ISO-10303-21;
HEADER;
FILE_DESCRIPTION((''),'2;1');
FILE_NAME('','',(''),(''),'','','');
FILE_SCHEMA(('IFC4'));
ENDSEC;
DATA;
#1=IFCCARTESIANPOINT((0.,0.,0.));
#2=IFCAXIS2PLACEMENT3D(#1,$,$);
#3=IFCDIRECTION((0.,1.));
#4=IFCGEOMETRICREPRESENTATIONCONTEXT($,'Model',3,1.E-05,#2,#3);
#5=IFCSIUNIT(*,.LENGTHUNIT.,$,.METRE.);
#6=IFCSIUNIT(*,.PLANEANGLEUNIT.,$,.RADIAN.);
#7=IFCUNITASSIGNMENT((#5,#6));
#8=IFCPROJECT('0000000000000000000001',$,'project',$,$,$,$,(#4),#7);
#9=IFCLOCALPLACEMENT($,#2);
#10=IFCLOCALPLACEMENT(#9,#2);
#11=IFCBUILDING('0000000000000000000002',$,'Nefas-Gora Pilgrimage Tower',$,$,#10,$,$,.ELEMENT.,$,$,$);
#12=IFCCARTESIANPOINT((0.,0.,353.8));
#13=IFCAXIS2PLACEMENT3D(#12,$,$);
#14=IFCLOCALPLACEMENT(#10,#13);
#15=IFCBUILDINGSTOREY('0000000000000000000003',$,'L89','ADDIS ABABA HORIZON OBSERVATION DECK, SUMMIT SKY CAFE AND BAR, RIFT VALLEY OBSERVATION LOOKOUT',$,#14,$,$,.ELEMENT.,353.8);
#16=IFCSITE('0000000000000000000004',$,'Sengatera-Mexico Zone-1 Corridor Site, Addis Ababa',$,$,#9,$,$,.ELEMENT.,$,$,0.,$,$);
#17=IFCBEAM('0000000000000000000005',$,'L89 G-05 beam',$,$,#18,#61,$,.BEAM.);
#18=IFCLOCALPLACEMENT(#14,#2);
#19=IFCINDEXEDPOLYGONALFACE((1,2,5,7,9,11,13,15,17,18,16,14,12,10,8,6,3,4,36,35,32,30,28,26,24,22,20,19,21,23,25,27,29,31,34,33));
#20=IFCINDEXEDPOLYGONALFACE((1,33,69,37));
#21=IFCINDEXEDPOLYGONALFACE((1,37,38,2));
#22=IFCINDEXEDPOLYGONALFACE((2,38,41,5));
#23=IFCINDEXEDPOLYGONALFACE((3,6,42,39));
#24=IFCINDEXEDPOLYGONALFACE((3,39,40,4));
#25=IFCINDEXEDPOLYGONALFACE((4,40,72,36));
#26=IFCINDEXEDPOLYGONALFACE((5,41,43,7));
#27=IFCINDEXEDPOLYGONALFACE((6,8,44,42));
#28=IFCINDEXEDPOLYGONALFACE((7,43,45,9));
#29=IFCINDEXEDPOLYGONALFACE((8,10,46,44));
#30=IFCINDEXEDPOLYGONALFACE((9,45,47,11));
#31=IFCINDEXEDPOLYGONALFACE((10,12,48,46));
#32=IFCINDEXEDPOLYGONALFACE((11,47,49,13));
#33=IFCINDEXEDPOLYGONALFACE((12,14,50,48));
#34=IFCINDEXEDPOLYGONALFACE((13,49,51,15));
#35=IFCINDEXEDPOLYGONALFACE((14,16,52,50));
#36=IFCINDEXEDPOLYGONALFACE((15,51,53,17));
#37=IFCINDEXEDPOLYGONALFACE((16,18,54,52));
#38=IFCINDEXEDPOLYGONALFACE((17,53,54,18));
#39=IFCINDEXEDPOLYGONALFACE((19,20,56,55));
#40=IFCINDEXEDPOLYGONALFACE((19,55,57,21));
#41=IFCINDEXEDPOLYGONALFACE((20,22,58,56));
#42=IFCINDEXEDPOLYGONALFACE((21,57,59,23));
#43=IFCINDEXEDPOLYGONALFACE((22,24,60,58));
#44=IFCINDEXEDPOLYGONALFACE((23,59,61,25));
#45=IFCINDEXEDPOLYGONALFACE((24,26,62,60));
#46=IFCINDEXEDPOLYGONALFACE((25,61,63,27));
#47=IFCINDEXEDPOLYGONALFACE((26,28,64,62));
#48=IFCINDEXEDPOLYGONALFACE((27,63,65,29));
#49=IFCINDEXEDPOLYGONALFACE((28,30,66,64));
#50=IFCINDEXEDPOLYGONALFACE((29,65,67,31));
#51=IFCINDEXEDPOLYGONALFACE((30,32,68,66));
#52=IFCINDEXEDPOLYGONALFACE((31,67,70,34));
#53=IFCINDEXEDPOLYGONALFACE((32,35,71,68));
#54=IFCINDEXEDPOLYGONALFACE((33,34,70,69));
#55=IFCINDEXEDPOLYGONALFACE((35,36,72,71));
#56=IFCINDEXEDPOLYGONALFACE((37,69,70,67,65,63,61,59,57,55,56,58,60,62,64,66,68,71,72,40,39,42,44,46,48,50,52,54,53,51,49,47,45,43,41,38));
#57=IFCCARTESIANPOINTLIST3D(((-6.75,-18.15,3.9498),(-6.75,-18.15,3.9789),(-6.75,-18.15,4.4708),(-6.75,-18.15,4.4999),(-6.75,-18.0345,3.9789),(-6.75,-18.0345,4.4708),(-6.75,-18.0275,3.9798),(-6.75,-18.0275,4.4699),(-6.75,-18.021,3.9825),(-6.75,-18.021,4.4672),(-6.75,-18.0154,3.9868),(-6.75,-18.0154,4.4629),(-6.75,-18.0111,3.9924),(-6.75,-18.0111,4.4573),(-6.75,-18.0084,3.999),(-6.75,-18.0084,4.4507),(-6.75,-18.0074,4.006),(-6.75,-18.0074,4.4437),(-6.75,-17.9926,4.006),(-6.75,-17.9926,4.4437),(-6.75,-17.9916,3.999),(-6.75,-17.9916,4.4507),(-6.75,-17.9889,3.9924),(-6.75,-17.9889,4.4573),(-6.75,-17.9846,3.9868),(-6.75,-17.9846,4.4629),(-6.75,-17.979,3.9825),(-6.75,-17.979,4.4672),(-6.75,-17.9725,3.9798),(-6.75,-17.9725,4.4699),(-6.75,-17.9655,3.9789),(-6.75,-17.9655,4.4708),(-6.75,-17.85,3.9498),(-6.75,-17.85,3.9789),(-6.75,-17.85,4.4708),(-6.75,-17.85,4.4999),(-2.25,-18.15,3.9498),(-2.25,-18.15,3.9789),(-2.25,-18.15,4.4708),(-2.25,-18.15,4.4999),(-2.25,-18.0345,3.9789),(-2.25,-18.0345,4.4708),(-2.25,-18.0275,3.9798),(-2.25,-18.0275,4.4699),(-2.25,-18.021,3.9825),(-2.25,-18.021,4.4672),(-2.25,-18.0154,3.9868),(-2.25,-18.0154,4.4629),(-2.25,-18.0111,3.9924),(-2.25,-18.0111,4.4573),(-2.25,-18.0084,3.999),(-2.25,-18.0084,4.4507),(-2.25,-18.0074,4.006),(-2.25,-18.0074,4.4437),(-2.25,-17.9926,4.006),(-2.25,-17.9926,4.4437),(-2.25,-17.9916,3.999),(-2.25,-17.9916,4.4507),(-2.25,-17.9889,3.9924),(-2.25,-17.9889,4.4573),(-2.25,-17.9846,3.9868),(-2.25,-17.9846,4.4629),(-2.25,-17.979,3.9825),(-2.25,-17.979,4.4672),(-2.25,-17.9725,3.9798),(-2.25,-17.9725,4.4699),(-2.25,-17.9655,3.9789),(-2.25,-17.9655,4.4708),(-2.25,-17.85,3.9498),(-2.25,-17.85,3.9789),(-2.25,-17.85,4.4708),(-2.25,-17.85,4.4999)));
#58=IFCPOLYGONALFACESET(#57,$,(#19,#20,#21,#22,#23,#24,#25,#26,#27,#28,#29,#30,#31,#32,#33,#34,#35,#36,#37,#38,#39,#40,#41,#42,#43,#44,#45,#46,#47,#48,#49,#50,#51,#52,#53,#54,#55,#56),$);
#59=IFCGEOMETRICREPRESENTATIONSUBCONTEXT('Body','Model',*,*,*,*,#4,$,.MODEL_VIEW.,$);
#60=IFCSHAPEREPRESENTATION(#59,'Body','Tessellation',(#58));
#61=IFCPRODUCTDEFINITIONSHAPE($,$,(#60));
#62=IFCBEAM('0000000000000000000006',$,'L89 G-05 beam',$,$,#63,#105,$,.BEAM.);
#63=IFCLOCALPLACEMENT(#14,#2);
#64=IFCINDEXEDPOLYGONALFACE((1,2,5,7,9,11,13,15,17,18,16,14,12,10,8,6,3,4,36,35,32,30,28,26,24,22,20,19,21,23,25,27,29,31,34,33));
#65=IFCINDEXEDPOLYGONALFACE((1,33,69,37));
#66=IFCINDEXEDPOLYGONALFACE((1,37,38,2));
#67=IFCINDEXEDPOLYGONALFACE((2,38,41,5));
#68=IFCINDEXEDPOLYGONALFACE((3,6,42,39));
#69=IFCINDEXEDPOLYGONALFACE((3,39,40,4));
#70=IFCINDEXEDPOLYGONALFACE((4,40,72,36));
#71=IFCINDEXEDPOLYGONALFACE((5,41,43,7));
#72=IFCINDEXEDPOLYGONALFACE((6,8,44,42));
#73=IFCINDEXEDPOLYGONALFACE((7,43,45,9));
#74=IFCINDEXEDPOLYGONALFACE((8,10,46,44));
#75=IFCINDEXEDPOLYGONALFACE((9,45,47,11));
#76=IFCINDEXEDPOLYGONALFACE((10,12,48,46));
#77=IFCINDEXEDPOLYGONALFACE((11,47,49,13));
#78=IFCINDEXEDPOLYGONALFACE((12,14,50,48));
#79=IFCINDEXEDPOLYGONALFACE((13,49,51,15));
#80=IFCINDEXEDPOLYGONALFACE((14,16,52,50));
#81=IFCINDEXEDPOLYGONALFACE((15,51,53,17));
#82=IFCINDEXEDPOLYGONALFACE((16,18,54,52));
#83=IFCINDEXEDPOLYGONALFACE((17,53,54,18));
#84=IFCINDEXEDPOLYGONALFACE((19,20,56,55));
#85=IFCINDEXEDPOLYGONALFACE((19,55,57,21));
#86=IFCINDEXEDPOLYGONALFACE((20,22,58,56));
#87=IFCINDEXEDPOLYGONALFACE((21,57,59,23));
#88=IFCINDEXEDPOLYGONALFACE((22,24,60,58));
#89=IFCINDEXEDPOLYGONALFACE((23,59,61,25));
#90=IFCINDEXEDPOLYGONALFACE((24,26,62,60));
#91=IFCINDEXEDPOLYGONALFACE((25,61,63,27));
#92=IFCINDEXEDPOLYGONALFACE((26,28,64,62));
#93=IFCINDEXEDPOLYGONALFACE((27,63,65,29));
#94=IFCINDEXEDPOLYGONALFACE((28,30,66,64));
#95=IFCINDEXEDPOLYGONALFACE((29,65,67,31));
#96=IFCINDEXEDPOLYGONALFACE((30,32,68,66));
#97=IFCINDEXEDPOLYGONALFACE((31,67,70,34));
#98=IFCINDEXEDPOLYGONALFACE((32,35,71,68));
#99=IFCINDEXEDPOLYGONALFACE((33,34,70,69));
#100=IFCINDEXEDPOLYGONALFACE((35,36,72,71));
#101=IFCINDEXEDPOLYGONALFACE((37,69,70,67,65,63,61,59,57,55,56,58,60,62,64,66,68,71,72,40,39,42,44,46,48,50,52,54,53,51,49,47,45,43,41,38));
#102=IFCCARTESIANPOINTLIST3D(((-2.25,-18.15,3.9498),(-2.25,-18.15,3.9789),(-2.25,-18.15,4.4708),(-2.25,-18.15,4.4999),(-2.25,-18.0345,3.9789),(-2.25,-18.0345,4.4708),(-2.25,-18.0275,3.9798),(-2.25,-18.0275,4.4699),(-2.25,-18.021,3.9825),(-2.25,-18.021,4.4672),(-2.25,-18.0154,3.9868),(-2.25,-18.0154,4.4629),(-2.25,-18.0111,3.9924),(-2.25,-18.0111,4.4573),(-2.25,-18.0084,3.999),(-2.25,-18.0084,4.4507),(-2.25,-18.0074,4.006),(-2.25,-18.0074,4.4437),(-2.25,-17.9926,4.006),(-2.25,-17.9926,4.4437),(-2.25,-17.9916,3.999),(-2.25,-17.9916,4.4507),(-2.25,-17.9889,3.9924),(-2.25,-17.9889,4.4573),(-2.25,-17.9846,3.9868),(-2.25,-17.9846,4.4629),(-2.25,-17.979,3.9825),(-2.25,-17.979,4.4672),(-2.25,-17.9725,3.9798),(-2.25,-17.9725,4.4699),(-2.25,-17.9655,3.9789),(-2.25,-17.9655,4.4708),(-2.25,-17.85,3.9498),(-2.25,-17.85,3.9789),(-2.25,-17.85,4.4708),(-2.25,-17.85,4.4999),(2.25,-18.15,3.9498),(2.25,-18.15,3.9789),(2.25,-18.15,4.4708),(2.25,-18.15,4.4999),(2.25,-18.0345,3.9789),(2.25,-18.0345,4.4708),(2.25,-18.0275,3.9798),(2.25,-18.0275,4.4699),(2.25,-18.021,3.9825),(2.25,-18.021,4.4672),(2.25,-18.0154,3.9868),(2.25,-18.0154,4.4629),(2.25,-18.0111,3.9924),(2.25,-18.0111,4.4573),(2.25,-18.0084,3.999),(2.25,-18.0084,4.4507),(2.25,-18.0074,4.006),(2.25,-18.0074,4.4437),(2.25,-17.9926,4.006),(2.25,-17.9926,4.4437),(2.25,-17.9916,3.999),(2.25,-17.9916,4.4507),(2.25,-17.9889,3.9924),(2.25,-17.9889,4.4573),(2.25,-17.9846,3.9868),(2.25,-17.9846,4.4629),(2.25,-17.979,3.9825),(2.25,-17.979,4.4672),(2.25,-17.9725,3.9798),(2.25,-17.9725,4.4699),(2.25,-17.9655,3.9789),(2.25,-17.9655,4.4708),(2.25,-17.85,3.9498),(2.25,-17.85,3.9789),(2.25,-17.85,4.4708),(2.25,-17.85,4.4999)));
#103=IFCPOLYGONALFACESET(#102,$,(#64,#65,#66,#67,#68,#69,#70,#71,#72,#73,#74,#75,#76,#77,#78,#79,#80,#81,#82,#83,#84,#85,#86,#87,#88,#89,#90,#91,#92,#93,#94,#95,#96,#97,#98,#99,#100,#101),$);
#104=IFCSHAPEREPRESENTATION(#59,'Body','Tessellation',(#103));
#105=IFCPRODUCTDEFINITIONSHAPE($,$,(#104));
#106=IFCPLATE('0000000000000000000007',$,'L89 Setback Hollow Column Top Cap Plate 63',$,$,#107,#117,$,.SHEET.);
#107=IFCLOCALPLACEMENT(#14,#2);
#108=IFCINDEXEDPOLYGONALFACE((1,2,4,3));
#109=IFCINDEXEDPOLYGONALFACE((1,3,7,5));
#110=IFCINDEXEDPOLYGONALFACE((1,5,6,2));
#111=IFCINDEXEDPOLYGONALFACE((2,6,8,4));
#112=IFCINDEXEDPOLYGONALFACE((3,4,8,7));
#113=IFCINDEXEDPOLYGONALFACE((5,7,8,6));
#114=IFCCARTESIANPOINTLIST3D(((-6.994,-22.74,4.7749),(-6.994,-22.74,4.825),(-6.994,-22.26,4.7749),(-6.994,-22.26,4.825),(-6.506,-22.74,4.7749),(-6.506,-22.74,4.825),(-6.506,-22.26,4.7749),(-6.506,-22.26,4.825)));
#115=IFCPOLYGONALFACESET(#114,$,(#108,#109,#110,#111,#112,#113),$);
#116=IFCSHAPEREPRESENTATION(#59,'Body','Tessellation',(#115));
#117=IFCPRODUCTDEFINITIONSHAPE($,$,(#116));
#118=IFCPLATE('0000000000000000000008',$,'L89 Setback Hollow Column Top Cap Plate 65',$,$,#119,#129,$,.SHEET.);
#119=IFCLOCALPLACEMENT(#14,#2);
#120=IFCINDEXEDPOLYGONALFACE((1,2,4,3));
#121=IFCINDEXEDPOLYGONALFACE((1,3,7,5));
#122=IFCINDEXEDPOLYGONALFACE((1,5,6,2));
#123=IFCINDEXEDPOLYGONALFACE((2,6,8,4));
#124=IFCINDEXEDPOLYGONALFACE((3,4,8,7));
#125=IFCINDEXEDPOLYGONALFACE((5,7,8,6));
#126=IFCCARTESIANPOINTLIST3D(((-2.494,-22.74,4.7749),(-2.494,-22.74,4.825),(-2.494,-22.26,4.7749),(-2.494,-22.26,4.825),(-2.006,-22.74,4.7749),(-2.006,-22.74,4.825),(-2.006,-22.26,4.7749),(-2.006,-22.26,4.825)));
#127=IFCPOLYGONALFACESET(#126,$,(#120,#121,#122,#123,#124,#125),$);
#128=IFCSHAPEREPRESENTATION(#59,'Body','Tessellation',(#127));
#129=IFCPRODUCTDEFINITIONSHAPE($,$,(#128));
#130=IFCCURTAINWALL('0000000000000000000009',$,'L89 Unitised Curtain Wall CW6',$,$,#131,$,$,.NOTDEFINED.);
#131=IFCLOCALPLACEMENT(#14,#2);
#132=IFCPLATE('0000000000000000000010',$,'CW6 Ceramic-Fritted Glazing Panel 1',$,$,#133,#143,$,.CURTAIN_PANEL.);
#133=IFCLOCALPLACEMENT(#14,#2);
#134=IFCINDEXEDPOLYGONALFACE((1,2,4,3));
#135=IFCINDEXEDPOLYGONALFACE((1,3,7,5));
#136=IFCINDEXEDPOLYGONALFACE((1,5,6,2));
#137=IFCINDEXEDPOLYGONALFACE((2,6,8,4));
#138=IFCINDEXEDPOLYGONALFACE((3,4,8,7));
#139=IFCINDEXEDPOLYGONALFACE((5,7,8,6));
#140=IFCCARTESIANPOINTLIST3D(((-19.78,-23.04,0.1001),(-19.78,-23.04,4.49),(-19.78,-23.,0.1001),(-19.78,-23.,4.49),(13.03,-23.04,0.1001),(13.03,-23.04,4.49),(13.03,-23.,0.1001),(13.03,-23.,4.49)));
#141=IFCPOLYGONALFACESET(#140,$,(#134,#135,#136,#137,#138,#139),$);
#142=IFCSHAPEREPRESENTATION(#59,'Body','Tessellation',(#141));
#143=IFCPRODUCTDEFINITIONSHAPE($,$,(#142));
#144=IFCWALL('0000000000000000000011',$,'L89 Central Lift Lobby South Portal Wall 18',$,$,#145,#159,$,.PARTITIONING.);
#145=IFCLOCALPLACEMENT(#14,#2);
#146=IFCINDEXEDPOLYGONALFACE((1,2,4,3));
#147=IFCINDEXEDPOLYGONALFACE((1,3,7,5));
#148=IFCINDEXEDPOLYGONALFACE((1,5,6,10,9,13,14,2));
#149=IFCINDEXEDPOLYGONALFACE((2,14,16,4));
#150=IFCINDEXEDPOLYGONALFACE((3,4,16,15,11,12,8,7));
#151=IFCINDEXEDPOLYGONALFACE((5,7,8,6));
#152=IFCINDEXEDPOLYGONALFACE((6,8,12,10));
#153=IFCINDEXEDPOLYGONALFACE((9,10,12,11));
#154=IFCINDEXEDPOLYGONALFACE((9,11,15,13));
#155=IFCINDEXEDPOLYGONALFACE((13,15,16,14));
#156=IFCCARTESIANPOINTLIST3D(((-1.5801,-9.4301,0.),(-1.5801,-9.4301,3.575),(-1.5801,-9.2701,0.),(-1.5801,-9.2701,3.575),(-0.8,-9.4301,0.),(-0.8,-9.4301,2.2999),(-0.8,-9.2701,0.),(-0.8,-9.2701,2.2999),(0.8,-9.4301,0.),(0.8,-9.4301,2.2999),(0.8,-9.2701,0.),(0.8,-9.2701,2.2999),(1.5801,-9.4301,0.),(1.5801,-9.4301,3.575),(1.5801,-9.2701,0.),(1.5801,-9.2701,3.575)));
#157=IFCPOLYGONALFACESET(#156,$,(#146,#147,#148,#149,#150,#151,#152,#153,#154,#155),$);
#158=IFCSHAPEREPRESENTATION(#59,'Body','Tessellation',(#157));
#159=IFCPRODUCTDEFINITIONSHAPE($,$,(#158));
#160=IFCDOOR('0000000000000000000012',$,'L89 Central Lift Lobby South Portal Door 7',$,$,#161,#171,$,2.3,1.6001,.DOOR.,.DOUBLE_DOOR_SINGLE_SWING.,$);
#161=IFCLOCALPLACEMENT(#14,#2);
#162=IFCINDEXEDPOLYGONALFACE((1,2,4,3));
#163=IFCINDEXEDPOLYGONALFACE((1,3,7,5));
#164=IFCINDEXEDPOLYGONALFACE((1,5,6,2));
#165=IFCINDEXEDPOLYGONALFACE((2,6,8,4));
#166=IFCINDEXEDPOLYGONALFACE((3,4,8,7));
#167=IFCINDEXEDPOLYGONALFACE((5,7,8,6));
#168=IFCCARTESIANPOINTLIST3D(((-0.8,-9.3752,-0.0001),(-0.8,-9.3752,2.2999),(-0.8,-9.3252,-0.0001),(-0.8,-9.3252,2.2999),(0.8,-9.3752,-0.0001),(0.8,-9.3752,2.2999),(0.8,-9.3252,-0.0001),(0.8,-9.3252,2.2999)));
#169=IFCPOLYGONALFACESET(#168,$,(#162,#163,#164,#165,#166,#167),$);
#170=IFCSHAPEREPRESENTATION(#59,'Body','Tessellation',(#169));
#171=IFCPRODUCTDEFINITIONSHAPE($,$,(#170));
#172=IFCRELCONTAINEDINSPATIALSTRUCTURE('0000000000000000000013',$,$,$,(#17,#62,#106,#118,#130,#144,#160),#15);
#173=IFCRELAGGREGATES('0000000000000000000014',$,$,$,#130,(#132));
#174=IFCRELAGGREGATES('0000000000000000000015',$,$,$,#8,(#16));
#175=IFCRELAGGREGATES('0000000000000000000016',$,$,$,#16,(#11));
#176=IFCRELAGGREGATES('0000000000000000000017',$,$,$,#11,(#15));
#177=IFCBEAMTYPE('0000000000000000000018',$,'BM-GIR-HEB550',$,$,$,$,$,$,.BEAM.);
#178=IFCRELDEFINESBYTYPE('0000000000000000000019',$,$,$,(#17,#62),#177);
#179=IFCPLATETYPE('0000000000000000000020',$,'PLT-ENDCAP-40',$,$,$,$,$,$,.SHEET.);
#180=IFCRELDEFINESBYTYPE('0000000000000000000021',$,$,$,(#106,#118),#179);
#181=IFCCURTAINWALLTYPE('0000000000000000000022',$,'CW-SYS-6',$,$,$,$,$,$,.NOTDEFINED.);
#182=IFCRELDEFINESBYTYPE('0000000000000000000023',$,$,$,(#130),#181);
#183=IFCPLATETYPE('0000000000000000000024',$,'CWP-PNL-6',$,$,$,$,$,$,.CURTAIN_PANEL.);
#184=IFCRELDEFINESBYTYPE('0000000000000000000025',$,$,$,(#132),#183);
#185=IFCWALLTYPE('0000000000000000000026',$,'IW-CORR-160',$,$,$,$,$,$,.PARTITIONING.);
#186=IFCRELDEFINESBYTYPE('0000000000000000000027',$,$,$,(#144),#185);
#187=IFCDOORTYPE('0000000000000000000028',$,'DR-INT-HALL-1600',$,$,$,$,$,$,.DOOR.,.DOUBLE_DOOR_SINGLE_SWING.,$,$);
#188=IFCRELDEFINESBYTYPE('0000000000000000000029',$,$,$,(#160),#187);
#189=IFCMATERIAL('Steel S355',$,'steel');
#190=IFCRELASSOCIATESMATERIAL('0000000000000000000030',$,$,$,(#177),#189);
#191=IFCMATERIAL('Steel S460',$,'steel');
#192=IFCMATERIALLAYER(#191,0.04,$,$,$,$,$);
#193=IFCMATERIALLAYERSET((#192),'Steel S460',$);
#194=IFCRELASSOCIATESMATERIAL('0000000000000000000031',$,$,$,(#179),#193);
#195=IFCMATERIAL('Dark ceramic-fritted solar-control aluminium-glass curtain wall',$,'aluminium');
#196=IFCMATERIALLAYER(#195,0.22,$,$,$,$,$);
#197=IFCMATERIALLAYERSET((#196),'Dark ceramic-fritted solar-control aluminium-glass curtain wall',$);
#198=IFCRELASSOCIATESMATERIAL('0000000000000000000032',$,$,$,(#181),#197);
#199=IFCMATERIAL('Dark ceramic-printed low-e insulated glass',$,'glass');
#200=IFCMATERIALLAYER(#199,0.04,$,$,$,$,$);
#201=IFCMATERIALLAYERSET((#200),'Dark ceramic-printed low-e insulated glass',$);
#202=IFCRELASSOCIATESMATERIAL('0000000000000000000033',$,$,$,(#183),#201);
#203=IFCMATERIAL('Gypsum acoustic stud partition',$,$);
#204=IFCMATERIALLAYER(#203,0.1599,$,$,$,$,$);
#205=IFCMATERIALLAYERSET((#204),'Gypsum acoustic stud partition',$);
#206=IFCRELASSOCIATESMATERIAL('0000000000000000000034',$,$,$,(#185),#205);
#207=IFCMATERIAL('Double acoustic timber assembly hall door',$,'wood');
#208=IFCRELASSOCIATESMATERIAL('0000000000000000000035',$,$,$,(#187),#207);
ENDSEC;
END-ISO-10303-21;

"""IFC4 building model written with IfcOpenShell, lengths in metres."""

from ifc_helpers import new_model, si_unit, direction, frame, frame_2d, origin, origin_2d, place, context, subcontext, project, spatial, rectangle, i_section, extrude, source, transform, mapped, material, layer, layer_set, material_profile, profile_set, type_object, element, fill, aggregate, save


model = new_model("IFC4")

# Units and contexts
model_context = context("Model", 3, precision=1e-05, world=origin(), true_north=direction((0.0, 1.0)))
body_context = subcontext(model_context, "Body", "Model", "MODEL_VIEW")
ifc_project = project(units=[si_unit("LENGTHUNIT", "METRE"), si_unit("PLANEANGLEUNIT", "RADIAN")], contexts=[model_context])

# Site, building, storey
site_placement = place(None, origin())
site = spatial("IfcSite", under=ifc_project, at=site_placement, Name="Sengatera-Mexico Zone-1 Corridor Site, Addis Ababa", CompositionType="ELEMENT", RefElevation=0.0)
building_placement = place(site_placement, origin())
building = spatial("IfcBuilding", under=site, at=building_placement, Name="Nefas-Gora Pilgrimage Tower", CompositionType="ELEMENT")
storey_placement = place(building_placement, frame((0.0, 0.0, 353.8)))
storey = spatial("IfcBuildingStorey", under=building, at=storey_placement, Name="L89", Description="ADDIS ABABA HORIZON OBSERVATION DECK, SUMMIT SKY CAFE AND BAR, RIFT VALLEY OBSERVATION LOOKOUT", CompositionType="ELEMENT", Elevation=353.8)

# Shared definitions
ifc_material_1 = material(Name="Steel S355", Category="steel")

# Beams
ifc_material_profile_1 = material_profile(ifc_material_1, i_section(OverallWidth=0.3, OverallDepth=0.55, WebThickness=0.0149, FlangeThickness=0.0291, FilletRadius=0.0271, at=origin_2d()), Name="HEB 550")
ifc_profile_set_1 = profile_set([ifc_material_profile_1], Name="Steel S355")
beam_type = type_object("IfcBeamType", Name="BM-GIR-HEB550", PredefinedType="BEAM", material=ifc_profile_set_1)
shared_shape_1 = source(origin(), body_context, "Body", "SweptSolid", [
    extrude(i_section(OverallWidth=0.3, OverallDepth=0.55, WebThickness=0.0149, FlangeThickness=0.0291, FilletRadius=0.0271, at=origin_2d()), origin(), (0.0, 0.0, 1.0), 4.5),
])
for number, where, z_axis, x_axis, name in (
    (1, (-6.75, -18.0, 4.2249), (1.0, 0.0, 0.0), (0.0, 1.0, 0.0), "L89 G-05 beam"),
    (2, (-2.25, -18.0, 4.2249), (1.0, 0.0, 0.0), (0.0, 1.0, 0.0), "L89 G-05 beam"),
):
    element("IfcBeam", number, at=place(storey_placement, frame(where, z_axis=z_axis, x_axis=x_axis)), inside=storey, type_object=beam_type, Name=name, PredefinedType="BEAM", context=body_context, shape_type="MappedRepresentation", body=[
        mapped(shared_shape_1, transform((0.0, 0.0, 0.0), x_axis=(1.0, 0.0, 0.0), y_axis=(0.0, 1.0, 0.0), z_axis=(0.0, 0.0, 1.0), scale=1.0)),
    ])

# Plates
ifc_material_2 = material(Name="Steel S460", Category="steel")
ifc_layer_1 = layer(ifc_material_2, 0.04)
ifc_layer_set_1 = layer_set([ifc_layer_1], Name="Steel S460")
plate_type_1 = type_object("IfcPlateType", Name="PLT-ENDCAP-40", PredefinedType="SHEET", material=ifc_layer_set_1)
shared_shape_2 = source(origin(), body_context, "Body", "SweptSolid", [
    extrude(rectangle(XDim=0.488, YDim=0.48, at=origin_2d()), origin(), (0.0, 0.0, 1.0), 0.05),
])
for number, where, z_axis, x_axis, name in (
    (3, (-6.75, -22.5, 4.7749), (0.0, 0.0, 1.0), (1.0, 0.0, 0.0), "L89 Setback Hollow Column Top Cap Plate 63"),
    (4, (-2.25, -22.5, 4.7749), (0.0, 0.0, 1.0), (1.0, 0.0, 0.0), "L89 Setback Hollow Column Top Cap Plate 65"),
):
    element("IfcPlate", number, at=place(storey_placement, frame(where, z_axis=z_axis, x_axis=x_axis)), inside=storey, type_object=plate_type_1, Name=name, PredefinedType="SHEET", context=body_context, shape_type="MappedRepresentation", body=[
        mapped(shared_shape_2, transform((0.0, 0.0, 0.0), x_axis=(1.0, 0.0, 0.0), y_axis=(0.0, 1.0, 0.0), z_axis=(0.0, 0.0, 1.0), scale=1.0)),
    ])

# Curtain wall, plate
ifc_material_3 = material(Name="Dark ceramic-fritted solar-control aluminium-glass curtain wall", Category="aluminium")
ifc_layer_2 = layer(ifc_material_3, 0.22)
ifc_layer_set_2 = layer_set([ifc_layer_2], Name="Dark ceramic-fritted solar-control aluminium-glass curtain wall")
curtain_wall_type = type_object("IfcCurtainWallType", Name="CW-SYS-6", PredefinedType="NOTDEFINED", material=ifc_layer_set_2)
curtain_wall_placement = place(storey_placement, origin())
curtain_wall = element("IfcCurtainWall", 5, at=curtain_wall_placement, inside=storey, type_object=curtain_wall_type, Name="L89 Unitised Curtain Wall CW6", PredefinedType="NOTDEFINED")
ifc_material_4 = material(Name="Dark ceramic-printed low-e insulated glass", Category="glass")
ifc_layer_3 = layer(ifc_material_4, 0.04)
ifc_layer_set_3 = layer_set([ifc_layer_3], Name="Dark ceramic-printed low-e insulated glass")
plate_type_2 = type_object("IfcPlateType", Name="CWP-PNL-6", PredefinedType="CURTAIN_PANEL", material=ifc_layer_set_3)
shared_shape_3 = source(origin(), body_context, "Body", "SweptSolid", [
    extrude(rectangle(XDim=32.8101, YDim=0.04, at=origin_2d()), origin(), (0.0, 0.0, 1.0), 4.3899),
])
plate_placement = place(storey_placement, frame((-3.375, -23.02, 0.1001), z_axis=(0.0, 0.0, 1.0), x_axis=(1.0, 0.0, 0.0)))
plate = element("IfcPlate", 6, at=plate_placement, type_object=plate_type_2, Name="CW6 Ceramic-Fritted Glazing Panel 1", PredefinedType="CURTAIN_PANEL", context=body_context, shape_type="MappedRepresentation", body=[
    mapped(shared_shape_3, transform((0.0, 0.0, 0.0), x_axis=(1.0, 0.0, 0.0), y_axis=(0.0, 1.0, 0.0), z_axis=(0.0, 0.0, 1.0), scale=1.0)),
])
aggregate(curtain_wall, [plate])

# Wall, opening, door
ifc_material_5 = material(Name="Gypsum acoustic stud partition")
ifc_layer_4 = layer(ifc_material_5, 0.1599)
ifc_layer_set_4 = layer_set([ifc_layer_4], Name="Gypsum acoustic stud partition")
wall_type_1 = type_object("IfcWallType", Name="IW-CORR-160", PredefinedType="PARTITIONING", material=ifc_layer_set_4)
shared_shape_4 = source(origin(), body_context, "Body", "SweptSolid", [
    extrude(rectangle(XDim=3.1602, YDim=0.1599, at=frame_2d((1.5801, 0.0))), origin(), (0.0, 0.0, 1.0), 3.575),
])
wall_1_placement = place(storey_placement, frame((-1.5801, -9.3501, 0.0), z_axis=(0.0, 0.0, 1.0), x_axis=(1.0, 0.0, 0.0)))
wall_1 = element("IfcWall", 7, at=wall_1_placement, inside=storey, type_object=wall_type_1, Name="L89 Central Lift Lobby South Portal Wall 18", PredefinedType="PARTITIONING", context=body_context, shape_type="MappedRepresentation", body=[
    mapped(shared_shape_4, transform((0.0, 0.0, 0.0), x_axis=(1.0, 0.0, 0.0), y_axis=(0.0, 1.0, 0.0), z_axis=(0.0, 0.0, 1.0), scale=1.0)),
])
opening_1_placement = place(wall_1_placement, frame((0.78, 0.0, 0.0)))
opening_1 = element("IfcOpeningElement", 8, at=opening_1_placement, cuts=wall_1, PredefinedType="OPENING", context=body_context, shape_type="SweptSolid", body=[
    extrude(rectangle(XDim=1.6001, YDim=2.3, at=frame_2d((0.8, 1.1499))), frame((0.0, 0.0898, 0.0), z_axis=(0.0, -1.0, 0.0), x_axis=(1.0, 0.0, 0.0)), (0.0, 0.0, 1.0), 0.1799),
])
ifc_material_6 = material(Name="Double acoustic timber assembly hall door", Category="wood")
door_type = type_object("IfcDoorType", Name="DR-INT-HALL-1600", OperationType="DOUBLE_DOOR_SINGLE_SWING", PredefinedType="DOOR", material=ifc_material_6)
shared_shape_5 = source(origin(), body_context, "Body", "SweptSolid", [
    extrude(rectangle(XDim=1.6001, YDim=2.3, at=frame_2d((0.8, 1.1499))), frame((0.0, 0.0249, 0.0), z_axis=(0.0, -1.0, 0.0), x_axis=(1.0, 0.0, 0.0)), (0.0, 0.0, 1.0), 0.05),
])
door_1_placement = place(opening_1_placement, origin())
door_1 = element("IfcDoor", 9, at=door_1_placement, inside=storey, type_object=door_type, Name="L89 Central Lift Lobby South Portal Door 7", OperationType="DOUBLE_DOOR_SINGLE_SWING", OverallHeight=2.3, OverallWidth=1.6001, PredefinedType="DOOR", context=body_context, shape_type="MappedRepresentation", body=[
    mapped(shared_shape_5, transform((0.0, 0.0, 0.0), x_axis=(1.0, 0.0, 0.0), y_axis=(0.0, 1.0, 0.0), z_axis=(0.0, 0.0, 1.0), scale=1.0)),
])
fill(opening_1, door_1)

save(model, "model.ifc")
